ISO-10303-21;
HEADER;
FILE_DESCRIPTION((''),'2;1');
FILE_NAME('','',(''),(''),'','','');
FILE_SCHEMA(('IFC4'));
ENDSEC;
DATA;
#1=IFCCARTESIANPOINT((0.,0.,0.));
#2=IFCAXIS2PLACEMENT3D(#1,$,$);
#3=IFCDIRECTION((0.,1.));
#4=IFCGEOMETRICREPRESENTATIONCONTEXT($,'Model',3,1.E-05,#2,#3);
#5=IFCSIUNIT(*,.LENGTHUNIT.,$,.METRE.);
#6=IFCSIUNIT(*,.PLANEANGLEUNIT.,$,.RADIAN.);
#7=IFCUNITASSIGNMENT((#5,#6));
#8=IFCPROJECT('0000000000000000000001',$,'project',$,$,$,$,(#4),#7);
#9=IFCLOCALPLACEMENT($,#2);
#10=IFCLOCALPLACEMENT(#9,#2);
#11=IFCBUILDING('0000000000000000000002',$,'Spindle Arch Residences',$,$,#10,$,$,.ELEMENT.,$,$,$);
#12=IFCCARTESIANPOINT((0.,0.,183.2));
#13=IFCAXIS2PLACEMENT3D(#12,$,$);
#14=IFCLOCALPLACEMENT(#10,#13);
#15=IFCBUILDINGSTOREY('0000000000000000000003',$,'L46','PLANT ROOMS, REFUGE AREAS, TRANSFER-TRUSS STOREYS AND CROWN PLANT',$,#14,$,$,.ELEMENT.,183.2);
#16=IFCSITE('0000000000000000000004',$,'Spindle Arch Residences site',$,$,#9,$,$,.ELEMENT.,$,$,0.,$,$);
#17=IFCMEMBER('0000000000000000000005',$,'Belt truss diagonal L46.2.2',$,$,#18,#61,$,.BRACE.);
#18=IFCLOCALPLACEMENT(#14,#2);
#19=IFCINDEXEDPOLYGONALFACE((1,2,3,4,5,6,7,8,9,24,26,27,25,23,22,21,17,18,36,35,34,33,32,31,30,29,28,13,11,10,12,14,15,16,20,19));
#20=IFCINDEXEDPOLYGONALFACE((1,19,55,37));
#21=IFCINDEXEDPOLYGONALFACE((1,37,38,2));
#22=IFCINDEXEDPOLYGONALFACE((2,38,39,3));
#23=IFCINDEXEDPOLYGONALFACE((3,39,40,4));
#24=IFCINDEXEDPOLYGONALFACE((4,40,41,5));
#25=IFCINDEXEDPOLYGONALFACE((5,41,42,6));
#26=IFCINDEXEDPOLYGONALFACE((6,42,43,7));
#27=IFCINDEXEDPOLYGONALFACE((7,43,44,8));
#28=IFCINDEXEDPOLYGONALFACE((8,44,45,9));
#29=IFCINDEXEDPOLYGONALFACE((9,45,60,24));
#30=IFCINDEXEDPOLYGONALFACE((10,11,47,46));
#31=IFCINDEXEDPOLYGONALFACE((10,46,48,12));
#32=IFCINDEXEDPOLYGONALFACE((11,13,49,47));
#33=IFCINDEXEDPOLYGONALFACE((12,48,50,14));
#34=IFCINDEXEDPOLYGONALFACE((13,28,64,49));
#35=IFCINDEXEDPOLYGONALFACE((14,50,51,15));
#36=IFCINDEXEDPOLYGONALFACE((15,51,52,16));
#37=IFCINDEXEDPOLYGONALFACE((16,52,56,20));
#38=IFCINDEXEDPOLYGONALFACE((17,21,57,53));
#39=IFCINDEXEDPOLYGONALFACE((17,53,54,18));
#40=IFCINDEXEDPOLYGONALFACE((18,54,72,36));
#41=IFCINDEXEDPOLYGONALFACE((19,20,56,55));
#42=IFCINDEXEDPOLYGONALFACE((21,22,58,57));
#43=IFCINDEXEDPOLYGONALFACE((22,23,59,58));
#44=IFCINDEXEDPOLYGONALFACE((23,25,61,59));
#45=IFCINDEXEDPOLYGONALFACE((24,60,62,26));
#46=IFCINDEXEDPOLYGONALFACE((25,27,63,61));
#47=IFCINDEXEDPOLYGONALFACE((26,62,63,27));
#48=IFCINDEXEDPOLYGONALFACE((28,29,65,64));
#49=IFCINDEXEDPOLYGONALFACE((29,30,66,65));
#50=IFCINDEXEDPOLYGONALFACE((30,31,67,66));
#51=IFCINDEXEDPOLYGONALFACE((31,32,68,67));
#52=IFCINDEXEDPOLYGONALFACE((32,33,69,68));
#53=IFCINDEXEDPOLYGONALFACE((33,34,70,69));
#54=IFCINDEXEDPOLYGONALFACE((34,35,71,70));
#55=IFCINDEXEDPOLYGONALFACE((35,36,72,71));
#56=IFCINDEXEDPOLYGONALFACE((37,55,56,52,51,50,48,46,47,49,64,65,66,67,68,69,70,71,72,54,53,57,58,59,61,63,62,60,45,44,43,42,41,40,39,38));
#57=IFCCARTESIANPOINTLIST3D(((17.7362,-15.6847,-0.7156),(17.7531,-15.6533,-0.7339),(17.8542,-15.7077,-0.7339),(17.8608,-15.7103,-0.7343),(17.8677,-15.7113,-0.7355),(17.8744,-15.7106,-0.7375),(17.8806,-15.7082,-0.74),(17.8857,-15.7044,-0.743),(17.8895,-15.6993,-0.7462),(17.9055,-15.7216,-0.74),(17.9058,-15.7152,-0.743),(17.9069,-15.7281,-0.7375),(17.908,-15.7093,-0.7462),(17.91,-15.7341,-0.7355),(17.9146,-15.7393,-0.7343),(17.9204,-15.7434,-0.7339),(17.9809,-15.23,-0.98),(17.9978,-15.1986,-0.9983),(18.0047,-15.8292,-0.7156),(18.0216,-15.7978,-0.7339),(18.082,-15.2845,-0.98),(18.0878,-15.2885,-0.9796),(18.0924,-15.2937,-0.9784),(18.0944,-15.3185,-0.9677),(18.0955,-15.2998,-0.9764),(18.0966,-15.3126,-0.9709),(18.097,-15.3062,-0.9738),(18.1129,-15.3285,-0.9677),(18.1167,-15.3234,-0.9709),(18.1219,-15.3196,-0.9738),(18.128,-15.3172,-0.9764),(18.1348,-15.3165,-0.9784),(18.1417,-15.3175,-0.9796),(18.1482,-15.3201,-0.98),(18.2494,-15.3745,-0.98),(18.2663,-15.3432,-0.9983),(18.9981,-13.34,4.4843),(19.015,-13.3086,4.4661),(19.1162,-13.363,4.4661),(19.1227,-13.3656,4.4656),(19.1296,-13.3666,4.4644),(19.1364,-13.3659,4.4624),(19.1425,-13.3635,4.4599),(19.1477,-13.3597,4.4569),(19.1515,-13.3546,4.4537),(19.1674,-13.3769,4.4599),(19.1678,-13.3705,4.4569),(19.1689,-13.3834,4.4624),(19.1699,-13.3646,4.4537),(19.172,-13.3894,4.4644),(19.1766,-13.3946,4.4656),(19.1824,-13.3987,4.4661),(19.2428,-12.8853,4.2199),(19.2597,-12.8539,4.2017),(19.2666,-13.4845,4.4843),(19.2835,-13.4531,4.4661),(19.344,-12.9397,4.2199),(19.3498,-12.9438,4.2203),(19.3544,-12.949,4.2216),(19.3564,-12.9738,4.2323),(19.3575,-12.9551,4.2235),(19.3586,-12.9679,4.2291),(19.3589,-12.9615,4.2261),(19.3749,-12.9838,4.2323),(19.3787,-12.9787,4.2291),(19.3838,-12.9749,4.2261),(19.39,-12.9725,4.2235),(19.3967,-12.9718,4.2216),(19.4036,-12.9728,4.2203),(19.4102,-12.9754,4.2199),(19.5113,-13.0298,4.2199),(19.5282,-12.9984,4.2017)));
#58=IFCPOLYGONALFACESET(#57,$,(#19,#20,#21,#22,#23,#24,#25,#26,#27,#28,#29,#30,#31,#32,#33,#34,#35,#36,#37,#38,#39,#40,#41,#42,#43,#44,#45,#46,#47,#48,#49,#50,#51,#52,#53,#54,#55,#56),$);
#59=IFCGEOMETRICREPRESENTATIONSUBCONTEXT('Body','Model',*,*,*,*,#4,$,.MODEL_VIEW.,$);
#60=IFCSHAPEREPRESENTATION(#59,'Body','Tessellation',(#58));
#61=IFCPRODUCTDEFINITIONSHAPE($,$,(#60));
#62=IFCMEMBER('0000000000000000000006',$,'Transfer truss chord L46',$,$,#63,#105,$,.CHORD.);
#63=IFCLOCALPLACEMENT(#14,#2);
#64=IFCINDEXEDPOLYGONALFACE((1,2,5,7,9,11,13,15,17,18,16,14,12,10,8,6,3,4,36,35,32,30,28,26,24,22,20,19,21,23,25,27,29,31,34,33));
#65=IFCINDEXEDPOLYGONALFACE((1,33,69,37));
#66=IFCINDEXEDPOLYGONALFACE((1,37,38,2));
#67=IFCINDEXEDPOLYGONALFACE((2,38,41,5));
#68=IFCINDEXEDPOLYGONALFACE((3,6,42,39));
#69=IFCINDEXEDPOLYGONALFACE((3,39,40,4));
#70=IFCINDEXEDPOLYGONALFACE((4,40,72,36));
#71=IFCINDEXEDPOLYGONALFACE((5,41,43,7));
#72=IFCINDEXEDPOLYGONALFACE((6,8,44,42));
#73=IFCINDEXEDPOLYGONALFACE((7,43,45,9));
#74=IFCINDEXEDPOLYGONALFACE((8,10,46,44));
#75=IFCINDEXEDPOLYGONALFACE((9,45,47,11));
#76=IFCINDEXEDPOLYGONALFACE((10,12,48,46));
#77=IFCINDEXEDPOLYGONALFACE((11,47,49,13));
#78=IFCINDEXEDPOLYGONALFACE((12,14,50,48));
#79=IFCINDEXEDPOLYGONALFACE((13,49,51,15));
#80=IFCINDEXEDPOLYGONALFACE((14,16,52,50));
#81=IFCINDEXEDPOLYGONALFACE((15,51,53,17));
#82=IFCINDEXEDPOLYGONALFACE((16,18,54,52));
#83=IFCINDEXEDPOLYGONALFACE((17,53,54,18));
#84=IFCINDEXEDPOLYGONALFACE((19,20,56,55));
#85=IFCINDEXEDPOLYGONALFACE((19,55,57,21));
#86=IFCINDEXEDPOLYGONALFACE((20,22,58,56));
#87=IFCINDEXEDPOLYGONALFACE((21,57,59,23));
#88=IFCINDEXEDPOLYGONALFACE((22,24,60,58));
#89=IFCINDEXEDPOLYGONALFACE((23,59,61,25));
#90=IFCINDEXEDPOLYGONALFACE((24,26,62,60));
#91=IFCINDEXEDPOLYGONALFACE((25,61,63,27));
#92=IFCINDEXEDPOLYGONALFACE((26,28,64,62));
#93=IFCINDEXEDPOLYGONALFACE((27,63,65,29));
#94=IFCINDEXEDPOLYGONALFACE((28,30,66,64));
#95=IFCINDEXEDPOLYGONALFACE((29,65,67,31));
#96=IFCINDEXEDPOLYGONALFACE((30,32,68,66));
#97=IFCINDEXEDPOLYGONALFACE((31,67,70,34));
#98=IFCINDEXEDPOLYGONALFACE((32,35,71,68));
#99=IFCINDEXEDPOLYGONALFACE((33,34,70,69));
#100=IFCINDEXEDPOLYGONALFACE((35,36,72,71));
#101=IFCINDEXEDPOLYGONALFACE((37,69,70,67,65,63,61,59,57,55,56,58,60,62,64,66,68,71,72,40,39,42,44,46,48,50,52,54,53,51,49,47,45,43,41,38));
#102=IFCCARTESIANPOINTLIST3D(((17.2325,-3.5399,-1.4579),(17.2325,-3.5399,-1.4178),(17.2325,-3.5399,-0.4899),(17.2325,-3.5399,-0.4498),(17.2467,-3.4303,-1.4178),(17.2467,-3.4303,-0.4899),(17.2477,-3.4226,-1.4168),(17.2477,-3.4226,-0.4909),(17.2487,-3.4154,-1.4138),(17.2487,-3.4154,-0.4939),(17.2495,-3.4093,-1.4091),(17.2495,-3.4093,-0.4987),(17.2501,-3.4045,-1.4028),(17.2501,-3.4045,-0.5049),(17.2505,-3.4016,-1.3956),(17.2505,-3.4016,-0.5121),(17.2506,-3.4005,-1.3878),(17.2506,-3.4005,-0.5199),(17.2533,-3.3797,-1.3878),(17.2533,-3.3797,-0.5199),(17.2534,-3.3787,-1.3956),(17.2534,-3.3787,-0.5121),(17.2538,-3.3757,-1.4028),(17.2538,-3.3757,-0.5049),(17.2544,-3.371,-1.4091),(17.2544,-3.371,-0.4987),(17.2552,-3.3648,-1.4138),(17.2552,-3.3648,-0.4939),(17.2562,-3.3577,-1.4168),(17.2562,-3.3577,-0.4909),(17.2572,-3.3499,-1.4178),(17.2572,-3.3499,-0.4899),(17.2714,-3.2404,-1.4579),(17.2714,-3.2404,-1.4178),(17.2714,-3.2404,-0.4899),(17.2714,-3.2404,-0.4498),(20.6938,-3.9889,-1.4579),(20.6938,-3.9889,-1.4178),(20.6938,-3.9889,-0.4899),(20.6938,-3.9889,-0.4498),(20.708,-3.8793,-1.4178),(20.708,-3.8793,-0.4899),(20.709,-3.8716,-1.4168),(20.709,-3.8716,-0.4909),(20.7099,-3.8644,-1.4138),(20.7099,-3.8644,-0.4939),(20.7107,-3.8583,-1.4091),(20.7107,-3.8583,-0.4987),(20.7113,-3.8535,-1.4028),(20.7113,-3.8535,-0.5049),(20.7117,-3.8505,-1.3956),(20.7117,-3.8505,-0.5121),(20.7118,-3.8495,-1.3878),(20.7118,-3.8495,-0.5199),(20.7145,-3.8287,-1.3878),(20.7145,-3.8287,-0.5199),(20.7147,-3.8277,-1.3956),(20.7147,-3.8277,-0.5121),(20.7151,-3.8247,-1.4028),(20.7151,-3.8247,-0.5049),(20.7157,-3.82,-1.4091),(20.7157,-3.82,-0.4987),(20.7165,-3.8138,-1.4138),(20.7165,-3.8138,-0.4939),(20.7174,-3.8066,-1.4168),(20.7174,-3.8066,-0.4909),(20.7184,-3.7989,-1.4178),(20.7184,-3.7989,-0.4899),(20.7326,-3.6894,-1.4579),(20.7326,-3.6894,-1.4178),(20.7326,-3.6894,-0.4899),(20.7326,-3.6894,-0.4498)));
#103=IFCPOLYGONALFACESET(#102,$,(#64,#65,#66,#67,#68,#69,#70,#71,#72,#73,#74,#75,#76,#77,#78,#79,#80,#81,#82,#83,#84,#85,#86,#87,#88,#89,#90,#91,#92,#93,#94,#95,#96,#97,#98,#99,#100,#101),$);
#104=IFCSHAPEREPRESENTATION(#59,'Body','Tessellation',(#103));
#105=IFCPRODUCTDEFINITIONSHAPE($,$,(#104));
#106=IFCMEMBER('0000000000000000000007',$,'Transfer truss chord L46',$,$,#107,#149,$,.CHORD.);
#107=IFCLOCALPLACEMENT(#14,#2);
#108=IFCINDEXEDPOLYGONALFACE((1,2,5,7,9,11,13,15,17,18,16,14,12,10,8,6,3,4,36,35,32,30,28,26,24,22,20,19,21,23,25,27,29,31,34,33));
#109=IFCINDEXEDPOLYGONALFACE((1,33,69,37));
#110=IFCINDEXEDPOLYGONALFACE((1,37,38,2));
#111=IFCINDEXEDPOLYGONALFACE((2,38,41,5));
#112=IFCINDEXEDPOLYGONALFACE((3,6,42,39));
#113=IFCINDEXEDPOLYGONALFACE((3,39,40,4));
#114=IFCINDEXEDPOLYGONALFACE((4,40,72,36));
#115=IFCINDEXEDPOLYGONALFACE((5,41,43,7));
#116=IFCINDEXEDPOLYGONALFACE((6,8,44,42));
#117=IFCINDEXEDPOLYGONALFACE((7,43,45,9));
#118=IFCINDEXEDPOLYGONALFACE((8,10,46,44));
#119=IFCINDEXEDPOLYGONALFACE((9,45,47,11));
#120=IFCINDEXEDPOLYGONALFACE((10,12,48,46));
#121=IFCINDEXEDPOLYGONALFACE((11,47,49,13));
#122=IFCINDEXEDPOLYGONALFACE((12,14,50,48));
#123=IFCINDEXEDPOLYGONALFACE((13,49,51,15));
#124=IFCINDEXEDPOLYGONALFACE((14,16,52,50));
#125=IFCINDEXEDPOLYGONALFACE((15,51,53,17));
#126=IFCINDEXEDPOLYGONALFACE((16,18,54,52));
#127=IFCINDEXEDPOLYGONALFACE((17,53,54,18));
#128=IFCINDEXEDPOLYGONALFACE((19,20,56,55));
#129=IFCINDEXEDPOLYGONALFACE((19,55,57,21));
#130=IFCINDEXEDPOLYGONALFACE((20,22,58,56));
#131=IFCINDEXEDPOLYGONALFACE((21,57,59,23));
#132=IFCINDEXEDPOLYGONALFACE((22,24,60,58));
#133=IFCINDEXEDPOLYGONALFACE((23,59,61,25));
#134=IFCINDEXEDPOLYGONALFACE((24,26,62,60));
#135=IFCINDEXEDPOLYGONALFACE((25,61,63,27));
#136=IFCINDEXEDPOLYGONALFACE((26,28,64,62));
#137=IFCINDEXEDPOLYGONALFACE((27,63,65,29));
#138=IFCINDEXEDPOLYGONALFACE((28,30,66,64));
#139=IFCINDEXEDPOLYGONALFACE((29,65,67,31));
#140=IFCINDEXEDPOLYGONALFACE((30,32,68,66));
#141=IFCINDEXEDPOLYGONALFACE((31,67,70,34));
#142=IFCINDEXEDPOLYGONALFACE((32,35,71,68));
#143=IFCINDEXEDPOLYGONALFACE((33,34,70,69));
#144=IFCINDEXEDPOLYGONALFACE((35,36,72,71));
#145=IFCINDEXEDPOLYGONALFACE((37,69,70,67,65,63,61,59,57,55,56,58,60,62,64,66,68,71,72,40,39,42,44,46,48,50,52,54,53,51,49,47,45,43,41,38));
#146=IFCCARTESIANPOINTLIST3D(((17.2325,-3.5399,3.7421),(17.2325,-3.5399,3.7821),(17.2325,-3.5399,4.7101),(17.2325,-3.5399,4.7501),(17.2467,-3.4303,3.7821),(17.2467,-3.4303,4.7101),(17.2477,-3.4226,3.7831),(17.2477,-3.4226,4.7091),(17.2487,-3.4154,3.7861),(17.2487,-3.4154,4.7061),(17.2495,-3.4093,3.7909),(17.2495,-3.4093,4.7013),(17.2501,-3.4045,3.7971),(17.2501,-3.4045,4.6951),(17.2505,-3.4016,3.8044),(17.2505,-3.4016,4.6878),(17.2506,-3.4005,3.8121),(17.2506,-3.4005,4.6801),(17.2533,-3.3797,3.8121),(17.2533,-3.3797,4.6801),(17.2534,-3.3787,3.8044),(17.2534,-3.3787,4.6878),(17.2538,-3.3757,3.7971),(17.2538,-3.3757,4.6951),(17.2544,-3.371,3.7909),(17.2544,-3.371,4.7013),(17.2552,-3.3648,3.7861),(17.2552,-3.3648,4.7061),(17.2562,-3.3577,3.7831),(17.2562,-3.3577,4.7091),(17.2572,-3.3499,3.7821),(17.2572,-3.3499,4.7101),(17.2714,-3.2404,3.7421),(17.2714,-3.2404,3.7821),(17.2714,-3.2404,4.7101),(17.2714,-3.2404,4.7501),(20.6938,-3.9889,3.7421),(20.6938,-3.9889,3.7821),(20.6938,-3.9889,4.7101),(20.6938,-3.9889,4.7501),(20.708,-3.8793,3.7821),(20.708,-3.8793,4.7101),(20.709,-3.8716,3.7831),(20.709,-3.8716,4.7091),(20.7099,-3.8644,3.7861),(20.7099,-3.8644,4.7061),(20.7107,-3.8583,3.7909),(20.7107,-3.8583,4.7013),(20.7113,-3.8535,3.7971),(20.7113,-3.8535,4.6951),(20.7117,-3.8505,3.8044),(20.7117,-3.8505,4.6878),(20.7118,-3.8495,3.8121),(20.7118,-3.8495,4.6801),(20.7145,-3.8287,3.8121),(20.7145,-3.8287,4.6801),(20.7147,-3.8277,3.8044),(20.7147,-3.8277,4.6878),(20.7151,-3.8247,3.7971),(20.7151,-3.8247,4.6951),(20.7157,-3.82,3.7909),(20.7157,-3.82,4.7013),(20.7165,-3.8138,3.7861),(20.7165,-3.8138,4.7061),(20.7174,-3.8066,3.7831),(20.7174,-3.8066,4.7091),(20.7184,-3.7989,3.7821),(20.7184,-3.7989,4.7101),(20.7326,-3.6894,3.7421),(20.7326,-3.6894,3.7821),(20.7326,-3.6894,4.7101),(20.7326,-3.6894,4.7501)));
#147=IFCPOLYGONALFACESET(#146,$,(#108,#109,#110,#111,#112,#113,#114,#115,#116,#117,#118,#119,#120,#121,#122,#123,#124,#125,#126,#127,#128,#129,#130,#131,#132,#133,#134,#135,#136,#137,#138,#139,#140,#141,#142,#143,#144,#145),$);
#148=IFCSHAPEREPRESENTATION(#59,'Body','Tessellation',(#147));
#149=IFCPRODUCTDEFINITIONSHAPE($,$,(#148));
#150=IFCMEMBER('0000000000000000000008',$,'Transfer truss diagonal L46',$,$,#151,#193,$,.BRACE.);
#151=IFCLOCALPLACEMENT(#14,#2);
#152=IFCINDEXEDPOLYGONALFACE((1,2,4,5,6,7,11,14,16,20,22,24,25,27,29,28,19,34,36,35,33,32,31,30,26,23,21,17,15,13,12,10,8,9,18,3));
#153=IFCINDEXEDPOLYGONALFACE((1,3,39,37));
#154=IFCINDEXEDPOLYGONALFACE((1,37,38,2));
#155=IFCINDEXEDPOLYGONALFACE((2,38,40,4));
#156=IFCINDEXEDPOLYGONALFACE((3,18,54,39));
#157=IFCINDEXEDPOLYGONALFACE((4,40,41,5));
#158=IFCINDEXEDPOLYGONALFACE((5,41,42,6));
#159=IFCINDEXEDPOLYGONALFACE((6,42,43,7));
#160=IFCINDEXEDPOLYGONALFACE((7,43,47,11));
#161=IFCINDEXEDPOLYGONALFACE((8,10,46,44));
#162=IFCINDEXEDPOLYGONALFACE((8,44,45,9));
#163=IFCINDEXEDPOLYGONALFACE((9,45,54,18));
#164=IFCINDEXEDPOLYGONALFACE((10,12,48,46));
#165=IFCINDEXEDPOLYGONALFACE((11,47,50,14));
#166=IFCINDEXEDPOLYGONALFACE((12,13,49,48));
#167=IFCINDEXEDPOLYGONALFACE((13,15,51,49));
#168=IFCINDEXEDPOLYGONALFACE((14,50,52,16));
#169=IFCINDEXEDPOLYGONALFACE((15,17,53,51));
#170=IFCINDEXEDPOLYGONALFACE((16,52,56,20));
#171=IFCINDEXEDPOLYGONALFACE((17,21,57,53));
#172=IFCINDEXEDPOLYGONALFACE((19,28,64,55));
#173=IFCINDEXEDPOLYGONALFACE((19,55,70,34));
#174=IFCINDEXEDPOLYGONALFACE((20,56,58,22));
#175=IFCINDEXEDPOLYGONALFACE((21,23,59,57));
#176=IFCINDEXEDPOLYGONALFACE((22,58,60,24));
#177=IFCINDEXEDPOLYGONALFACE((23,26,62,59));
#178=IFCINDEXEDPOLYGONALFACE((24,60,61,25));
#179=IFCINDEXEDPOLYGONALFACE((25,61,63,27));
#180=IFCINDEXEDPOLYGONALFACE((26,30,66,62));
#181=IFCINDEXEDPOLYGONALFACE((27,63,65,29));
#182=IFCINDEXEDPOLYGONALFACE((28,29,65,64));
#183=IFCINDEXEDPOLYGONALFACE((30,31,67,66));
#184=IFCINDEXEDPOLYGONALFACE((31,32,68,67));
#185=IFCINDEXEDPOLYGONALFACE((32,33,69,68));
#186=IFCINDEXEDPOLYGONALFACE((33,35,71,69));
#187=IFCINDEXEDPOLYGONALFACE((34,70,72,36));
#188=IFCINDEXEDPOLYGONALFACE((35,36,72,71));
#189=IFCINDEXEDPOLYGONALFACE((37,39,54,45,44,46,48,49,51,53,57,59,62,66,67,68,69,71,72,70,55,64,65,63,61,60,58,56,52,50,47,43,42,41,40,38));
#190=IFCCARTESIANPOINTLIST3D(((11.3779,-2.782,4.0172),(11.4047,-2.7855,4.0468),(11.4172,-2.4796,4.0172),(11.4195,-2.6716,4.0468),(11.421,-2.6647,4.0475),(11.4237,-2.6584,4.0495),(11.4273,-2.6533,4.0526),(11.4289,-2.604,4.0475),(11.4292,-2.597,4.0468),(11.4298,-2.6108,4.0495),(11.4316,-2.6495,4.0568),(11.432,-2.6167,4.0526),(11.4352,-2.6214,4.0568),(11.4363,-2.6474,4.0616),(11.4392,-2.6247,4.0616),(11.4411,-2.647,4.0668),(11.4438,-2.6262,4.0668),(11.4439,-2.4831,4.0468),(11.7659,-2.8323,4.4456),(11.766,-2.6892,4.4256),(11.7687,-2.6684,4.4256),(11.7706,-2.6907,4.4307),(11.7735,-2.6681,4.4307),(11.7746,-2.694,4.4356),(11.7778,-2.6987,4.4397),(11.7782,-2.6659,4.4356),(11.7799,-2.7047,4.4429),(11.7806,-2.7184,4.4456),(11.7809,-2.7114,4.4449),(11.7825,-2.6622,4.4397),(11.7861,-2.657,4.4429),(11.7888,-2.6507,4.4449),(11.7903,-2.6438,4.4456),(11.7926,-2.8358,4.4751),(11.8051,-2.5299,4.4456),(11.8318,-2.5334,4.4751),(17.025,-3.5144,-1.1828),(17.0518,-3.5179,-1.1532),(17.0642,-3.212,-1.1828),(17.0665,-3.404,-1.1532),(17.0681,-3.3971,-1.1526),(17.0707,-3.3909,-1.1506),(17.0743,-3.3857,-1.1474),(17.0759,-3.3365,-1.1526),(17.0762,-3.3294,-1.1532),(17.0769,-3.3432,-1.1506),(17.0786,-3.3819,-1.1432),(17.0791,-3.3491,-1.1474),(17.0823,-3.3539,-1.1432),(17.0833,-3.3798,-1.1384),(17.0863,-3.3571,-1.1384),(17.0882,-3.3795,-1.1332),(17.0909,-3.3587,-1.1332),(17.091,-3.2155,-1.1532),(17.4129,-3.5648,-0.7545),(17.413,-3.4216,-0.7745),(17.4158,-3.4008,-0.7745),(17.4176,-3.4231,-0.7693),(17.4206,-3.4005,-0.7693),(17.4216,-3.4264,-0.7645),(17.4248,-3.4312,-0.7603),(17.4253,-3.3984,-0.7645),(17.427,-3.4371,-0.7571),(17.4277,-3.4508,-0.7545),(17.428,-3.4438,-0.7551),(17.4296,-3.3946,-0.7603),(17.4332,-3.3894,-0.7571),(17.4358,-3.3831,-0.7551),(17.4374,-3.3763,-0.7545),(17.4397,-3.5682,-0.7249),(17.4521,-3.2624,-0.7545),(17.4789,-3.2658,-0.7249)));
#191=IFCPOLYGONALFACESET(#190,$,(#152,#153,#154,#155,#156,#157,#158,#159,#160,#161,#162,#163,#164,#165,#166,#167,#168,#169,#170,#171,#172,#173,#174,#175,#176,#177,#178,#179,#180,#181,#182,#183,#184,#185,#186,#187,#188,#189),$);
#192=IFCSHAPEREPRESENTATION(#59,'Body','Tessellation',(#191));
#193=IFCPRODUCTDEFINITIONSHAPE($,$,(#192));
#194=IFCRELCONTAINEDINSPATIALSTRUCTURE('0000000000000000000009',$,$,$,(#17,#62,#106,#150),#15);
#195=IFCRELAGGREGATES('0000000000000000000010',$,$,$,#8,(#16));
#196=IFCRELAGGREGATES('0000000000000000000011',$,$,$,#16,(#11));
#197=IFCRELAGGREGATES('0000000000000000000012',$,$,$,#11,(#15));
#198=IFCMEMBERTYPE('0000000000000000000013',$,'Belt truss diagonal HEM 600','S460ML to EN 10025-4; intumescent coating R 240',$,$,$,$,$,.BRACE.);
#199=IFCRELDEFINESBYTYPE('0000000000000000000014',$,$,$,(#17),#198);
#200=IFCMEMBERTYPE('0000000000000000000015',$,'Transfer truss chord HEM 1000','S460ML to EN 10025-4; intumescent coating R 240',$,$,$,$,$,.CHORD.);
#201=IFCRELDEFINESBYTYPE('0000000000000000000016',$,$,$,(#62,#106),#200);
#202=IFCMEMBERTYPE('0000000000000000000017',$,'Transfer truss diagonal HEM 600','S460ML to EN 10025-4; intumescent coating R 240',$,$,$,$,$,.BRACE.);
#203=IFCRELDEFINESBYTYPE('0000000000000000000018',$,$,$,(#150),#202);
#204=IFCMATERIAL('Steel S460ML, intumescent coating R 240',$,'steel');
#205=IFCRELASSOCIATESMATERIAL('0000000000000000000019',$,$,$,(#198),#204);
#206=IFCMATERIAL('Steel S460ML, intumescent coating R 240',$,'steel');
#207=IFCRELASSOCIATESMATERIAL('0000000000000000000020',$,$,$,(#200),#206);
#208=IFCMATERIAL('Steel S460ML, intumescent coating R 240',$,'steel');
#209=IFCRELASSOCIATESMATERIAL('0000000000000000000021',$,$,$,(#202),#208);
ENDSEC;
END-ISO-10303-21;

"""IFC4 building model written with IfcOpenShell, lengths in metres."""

from ifc_helpers import new_model, si_unit, direction, frame, origin, origin_2d, place, context, subcontext, project, spatial, i_section, extrude, material, material_profile, profile_set, type_object, element, save


model = new_model("IFC4")

# Units and contexts
model_context = context("Model", 3, precision=1e-05, world=origin(), true_north=direction((0.0, 1.0)))
body_context = subcontext(model_context, "Body", "Model", "MODEL_VIEW")
ifc_project = project(units=[si_unit("LENGTHUNIT", "METRE"), si_unit("PLANEANGLEUNIT", "RADIAN")], contexts=[model_context])

# Site, building, storey
site_placement = place(None, origin())
site = spatial("IfcSite", under=ifc_project, at=site_placement, Name="Spindle Arch Residences site", CompositionType="ELEMENT", RefElevation=0.0)
building_placement = place(site_placement, origin())
building = spatial("IfcBuilding", under=site, at=building_placement, Name="Spindle Arch Residences", CompositionType="ELEMENT")
storey_placement = place(building_placement, frame((0.0, 0.0, 183.2)))
storey = spatial("IfcBuildingStorey", under=building, at=storey_placement, Name="L46", Description="PLANT ROOMS, REFUGE AREAS, TRANSFER-TRUSS STOREYS AND CROWN PLANT", CompositionType="ELEMENT", Elevation=183.2)

# Members
ifc_material_1 = material(Name="Steel S460ML, intumescent coating R 240", Category="steel")
ifc_material_profile_1 = material_profile(ifc_material_1, i_section(OverallWidth=0.3049, OverallDepth=0.6201, WebThickness=0.021, FlangeThickness=0.04, FilletRadius=0.0271, at=origin_2d()), Name="HEM 600")
ifc_profile_set_1 = profile_set([ifc_material_profile_1], Name="Steel S460ML, intumescent coating R 240")
member_type_1 = type_object("IfcMemberType", Name="Belt truss diagonal HEM 600", Description="S460ML to EN 10025-4; intumescent coating R 240", PredefinedType="BRACE", material=ifc_profile_set_1)
member_1_placement = place(storey_placement, frame((18.0012, -15.5139, -0.8569), z_axis=(0.216013, 0.401352, 0.890087), x_axis=(-0.880562, 0.47393, 0.0)))
element("IfcMember", 1, at=member_1_placement, inside=storey, type_object=member_type_1, Name="Belt truss diagonal L46.2.2", PredefinedType="BRACE", context=body_context, shape_type="SweptSolid", body=[
    extrude(i_section(OverallWidth=0.3049, OverallDepth=0.6201, WebThickness=0.021, FlangeThickness=0.04, FilletRadius=0.0271, at=origin_2d()), origin(), (0.0, 0.0, 1.0), 5.842),
])
ifc_material_2 = material(Name="Steel S460ML, intumescent coating R 240", Category="steel")
ifc_material_profile_2 = material_profile(ifc_material_2, i_section(OverallWidth=0.302, OverallDepth=1.0081, WebThickness=0.021, FlangeThickness=0.04, FilletRadius=0.03, at=origin_2d()), Name="HEM 1000")
ifc_profile_set_2 = profile_set([ifc_material_profile_2], Name="Steel S460ML, intumescent coating R 240")
member_type_2 = type_object("IfcMemberType", Name="Transfer truss chord HEM 1000", Description="S460ML to EN 10025-4; intumescent coating R 240", PredefinedType="CHORD", material=ifc_profile_set_2)
for number, where, z_axis, x_axis, name in (
    (2, (17.252, -3.3901, -0.9539), (0.991691, -0.128639, 0.0), (0.128639, 0.991691, 0.0), "Transfer truss chord L46"),
    (3, (17.252, -3.3901, 4.2461), (0.991691, -0.128639, 0.0), (0.128639, 0.991691, 0.0), "Transfer truss chord L46"),
):
    element("IfcMember", number, at=place(storey_placement, frame(where, z_axis=z_axis, x_axis=x_axis)), inside=storey, type_object=member_type_2, Name=name, PredefinedType="CHORD", context=body_context, shape_type="SweptSolid", body=[
        extrude(i_section(OverallWidth=0.302, OverallDepth=1.0081, WebThickness=0.021, FlangeThickness=0.04, FilletRadius=0.03, at=origin_2d()), origin(), (0.0, 0.0, 1.0), 3.4902),
    ])
ifc_material_3 = material(Name="Steel S460ML, intumescent coating R 240", Category="steel")
ifc_material_profile_3 = material_profile(ifc_material_3, i_section(OverallWidth=0.3049, OverallDepth=0.6201, WebThickness=0.021, FlangeThickness=0.04, FilletRadius=0.0271, at=origin_2d()), Name="HEM 600")
ifc_profile_set_3 = profile_set([ifc_material_profile_3], Name="Steel S460ML, intumescent coating R 240")
member_type_3 = type_object("IfcMemberType", Name="Transfer truss diagonal HEM 600", Description="S460ML to EN 10025-4; intumescent coating R 240", PredefinedType="BRACE", material=ifc_profile_set_3)
member_2_placement = place(storey_placement, frame((17.252, -3.3901, -0.9539), z_axis=(-0.732298, 0.09498, 0.674328), x_axis=(-0.128624, -0.991693, 0.0)))
element("IfcMember", 4, at=member_2_placement, inside=storey, type_object=member_type_3, Name="Transfer truss diagonal L46", PredefinedType="BRACE", context=body_context, shape_type="SweptSolid", body=[
    extrude(i_section(OverallWidth=0.3049, OverallDepth=0.6201, WebThickness=0.021, FlangeThickness=0.04, FilletRadius=0.0271, at=origin_2d()), origin(), (0.0, 0.0, 1.0), 7.7114),
])

save(model, "model.ifc")
